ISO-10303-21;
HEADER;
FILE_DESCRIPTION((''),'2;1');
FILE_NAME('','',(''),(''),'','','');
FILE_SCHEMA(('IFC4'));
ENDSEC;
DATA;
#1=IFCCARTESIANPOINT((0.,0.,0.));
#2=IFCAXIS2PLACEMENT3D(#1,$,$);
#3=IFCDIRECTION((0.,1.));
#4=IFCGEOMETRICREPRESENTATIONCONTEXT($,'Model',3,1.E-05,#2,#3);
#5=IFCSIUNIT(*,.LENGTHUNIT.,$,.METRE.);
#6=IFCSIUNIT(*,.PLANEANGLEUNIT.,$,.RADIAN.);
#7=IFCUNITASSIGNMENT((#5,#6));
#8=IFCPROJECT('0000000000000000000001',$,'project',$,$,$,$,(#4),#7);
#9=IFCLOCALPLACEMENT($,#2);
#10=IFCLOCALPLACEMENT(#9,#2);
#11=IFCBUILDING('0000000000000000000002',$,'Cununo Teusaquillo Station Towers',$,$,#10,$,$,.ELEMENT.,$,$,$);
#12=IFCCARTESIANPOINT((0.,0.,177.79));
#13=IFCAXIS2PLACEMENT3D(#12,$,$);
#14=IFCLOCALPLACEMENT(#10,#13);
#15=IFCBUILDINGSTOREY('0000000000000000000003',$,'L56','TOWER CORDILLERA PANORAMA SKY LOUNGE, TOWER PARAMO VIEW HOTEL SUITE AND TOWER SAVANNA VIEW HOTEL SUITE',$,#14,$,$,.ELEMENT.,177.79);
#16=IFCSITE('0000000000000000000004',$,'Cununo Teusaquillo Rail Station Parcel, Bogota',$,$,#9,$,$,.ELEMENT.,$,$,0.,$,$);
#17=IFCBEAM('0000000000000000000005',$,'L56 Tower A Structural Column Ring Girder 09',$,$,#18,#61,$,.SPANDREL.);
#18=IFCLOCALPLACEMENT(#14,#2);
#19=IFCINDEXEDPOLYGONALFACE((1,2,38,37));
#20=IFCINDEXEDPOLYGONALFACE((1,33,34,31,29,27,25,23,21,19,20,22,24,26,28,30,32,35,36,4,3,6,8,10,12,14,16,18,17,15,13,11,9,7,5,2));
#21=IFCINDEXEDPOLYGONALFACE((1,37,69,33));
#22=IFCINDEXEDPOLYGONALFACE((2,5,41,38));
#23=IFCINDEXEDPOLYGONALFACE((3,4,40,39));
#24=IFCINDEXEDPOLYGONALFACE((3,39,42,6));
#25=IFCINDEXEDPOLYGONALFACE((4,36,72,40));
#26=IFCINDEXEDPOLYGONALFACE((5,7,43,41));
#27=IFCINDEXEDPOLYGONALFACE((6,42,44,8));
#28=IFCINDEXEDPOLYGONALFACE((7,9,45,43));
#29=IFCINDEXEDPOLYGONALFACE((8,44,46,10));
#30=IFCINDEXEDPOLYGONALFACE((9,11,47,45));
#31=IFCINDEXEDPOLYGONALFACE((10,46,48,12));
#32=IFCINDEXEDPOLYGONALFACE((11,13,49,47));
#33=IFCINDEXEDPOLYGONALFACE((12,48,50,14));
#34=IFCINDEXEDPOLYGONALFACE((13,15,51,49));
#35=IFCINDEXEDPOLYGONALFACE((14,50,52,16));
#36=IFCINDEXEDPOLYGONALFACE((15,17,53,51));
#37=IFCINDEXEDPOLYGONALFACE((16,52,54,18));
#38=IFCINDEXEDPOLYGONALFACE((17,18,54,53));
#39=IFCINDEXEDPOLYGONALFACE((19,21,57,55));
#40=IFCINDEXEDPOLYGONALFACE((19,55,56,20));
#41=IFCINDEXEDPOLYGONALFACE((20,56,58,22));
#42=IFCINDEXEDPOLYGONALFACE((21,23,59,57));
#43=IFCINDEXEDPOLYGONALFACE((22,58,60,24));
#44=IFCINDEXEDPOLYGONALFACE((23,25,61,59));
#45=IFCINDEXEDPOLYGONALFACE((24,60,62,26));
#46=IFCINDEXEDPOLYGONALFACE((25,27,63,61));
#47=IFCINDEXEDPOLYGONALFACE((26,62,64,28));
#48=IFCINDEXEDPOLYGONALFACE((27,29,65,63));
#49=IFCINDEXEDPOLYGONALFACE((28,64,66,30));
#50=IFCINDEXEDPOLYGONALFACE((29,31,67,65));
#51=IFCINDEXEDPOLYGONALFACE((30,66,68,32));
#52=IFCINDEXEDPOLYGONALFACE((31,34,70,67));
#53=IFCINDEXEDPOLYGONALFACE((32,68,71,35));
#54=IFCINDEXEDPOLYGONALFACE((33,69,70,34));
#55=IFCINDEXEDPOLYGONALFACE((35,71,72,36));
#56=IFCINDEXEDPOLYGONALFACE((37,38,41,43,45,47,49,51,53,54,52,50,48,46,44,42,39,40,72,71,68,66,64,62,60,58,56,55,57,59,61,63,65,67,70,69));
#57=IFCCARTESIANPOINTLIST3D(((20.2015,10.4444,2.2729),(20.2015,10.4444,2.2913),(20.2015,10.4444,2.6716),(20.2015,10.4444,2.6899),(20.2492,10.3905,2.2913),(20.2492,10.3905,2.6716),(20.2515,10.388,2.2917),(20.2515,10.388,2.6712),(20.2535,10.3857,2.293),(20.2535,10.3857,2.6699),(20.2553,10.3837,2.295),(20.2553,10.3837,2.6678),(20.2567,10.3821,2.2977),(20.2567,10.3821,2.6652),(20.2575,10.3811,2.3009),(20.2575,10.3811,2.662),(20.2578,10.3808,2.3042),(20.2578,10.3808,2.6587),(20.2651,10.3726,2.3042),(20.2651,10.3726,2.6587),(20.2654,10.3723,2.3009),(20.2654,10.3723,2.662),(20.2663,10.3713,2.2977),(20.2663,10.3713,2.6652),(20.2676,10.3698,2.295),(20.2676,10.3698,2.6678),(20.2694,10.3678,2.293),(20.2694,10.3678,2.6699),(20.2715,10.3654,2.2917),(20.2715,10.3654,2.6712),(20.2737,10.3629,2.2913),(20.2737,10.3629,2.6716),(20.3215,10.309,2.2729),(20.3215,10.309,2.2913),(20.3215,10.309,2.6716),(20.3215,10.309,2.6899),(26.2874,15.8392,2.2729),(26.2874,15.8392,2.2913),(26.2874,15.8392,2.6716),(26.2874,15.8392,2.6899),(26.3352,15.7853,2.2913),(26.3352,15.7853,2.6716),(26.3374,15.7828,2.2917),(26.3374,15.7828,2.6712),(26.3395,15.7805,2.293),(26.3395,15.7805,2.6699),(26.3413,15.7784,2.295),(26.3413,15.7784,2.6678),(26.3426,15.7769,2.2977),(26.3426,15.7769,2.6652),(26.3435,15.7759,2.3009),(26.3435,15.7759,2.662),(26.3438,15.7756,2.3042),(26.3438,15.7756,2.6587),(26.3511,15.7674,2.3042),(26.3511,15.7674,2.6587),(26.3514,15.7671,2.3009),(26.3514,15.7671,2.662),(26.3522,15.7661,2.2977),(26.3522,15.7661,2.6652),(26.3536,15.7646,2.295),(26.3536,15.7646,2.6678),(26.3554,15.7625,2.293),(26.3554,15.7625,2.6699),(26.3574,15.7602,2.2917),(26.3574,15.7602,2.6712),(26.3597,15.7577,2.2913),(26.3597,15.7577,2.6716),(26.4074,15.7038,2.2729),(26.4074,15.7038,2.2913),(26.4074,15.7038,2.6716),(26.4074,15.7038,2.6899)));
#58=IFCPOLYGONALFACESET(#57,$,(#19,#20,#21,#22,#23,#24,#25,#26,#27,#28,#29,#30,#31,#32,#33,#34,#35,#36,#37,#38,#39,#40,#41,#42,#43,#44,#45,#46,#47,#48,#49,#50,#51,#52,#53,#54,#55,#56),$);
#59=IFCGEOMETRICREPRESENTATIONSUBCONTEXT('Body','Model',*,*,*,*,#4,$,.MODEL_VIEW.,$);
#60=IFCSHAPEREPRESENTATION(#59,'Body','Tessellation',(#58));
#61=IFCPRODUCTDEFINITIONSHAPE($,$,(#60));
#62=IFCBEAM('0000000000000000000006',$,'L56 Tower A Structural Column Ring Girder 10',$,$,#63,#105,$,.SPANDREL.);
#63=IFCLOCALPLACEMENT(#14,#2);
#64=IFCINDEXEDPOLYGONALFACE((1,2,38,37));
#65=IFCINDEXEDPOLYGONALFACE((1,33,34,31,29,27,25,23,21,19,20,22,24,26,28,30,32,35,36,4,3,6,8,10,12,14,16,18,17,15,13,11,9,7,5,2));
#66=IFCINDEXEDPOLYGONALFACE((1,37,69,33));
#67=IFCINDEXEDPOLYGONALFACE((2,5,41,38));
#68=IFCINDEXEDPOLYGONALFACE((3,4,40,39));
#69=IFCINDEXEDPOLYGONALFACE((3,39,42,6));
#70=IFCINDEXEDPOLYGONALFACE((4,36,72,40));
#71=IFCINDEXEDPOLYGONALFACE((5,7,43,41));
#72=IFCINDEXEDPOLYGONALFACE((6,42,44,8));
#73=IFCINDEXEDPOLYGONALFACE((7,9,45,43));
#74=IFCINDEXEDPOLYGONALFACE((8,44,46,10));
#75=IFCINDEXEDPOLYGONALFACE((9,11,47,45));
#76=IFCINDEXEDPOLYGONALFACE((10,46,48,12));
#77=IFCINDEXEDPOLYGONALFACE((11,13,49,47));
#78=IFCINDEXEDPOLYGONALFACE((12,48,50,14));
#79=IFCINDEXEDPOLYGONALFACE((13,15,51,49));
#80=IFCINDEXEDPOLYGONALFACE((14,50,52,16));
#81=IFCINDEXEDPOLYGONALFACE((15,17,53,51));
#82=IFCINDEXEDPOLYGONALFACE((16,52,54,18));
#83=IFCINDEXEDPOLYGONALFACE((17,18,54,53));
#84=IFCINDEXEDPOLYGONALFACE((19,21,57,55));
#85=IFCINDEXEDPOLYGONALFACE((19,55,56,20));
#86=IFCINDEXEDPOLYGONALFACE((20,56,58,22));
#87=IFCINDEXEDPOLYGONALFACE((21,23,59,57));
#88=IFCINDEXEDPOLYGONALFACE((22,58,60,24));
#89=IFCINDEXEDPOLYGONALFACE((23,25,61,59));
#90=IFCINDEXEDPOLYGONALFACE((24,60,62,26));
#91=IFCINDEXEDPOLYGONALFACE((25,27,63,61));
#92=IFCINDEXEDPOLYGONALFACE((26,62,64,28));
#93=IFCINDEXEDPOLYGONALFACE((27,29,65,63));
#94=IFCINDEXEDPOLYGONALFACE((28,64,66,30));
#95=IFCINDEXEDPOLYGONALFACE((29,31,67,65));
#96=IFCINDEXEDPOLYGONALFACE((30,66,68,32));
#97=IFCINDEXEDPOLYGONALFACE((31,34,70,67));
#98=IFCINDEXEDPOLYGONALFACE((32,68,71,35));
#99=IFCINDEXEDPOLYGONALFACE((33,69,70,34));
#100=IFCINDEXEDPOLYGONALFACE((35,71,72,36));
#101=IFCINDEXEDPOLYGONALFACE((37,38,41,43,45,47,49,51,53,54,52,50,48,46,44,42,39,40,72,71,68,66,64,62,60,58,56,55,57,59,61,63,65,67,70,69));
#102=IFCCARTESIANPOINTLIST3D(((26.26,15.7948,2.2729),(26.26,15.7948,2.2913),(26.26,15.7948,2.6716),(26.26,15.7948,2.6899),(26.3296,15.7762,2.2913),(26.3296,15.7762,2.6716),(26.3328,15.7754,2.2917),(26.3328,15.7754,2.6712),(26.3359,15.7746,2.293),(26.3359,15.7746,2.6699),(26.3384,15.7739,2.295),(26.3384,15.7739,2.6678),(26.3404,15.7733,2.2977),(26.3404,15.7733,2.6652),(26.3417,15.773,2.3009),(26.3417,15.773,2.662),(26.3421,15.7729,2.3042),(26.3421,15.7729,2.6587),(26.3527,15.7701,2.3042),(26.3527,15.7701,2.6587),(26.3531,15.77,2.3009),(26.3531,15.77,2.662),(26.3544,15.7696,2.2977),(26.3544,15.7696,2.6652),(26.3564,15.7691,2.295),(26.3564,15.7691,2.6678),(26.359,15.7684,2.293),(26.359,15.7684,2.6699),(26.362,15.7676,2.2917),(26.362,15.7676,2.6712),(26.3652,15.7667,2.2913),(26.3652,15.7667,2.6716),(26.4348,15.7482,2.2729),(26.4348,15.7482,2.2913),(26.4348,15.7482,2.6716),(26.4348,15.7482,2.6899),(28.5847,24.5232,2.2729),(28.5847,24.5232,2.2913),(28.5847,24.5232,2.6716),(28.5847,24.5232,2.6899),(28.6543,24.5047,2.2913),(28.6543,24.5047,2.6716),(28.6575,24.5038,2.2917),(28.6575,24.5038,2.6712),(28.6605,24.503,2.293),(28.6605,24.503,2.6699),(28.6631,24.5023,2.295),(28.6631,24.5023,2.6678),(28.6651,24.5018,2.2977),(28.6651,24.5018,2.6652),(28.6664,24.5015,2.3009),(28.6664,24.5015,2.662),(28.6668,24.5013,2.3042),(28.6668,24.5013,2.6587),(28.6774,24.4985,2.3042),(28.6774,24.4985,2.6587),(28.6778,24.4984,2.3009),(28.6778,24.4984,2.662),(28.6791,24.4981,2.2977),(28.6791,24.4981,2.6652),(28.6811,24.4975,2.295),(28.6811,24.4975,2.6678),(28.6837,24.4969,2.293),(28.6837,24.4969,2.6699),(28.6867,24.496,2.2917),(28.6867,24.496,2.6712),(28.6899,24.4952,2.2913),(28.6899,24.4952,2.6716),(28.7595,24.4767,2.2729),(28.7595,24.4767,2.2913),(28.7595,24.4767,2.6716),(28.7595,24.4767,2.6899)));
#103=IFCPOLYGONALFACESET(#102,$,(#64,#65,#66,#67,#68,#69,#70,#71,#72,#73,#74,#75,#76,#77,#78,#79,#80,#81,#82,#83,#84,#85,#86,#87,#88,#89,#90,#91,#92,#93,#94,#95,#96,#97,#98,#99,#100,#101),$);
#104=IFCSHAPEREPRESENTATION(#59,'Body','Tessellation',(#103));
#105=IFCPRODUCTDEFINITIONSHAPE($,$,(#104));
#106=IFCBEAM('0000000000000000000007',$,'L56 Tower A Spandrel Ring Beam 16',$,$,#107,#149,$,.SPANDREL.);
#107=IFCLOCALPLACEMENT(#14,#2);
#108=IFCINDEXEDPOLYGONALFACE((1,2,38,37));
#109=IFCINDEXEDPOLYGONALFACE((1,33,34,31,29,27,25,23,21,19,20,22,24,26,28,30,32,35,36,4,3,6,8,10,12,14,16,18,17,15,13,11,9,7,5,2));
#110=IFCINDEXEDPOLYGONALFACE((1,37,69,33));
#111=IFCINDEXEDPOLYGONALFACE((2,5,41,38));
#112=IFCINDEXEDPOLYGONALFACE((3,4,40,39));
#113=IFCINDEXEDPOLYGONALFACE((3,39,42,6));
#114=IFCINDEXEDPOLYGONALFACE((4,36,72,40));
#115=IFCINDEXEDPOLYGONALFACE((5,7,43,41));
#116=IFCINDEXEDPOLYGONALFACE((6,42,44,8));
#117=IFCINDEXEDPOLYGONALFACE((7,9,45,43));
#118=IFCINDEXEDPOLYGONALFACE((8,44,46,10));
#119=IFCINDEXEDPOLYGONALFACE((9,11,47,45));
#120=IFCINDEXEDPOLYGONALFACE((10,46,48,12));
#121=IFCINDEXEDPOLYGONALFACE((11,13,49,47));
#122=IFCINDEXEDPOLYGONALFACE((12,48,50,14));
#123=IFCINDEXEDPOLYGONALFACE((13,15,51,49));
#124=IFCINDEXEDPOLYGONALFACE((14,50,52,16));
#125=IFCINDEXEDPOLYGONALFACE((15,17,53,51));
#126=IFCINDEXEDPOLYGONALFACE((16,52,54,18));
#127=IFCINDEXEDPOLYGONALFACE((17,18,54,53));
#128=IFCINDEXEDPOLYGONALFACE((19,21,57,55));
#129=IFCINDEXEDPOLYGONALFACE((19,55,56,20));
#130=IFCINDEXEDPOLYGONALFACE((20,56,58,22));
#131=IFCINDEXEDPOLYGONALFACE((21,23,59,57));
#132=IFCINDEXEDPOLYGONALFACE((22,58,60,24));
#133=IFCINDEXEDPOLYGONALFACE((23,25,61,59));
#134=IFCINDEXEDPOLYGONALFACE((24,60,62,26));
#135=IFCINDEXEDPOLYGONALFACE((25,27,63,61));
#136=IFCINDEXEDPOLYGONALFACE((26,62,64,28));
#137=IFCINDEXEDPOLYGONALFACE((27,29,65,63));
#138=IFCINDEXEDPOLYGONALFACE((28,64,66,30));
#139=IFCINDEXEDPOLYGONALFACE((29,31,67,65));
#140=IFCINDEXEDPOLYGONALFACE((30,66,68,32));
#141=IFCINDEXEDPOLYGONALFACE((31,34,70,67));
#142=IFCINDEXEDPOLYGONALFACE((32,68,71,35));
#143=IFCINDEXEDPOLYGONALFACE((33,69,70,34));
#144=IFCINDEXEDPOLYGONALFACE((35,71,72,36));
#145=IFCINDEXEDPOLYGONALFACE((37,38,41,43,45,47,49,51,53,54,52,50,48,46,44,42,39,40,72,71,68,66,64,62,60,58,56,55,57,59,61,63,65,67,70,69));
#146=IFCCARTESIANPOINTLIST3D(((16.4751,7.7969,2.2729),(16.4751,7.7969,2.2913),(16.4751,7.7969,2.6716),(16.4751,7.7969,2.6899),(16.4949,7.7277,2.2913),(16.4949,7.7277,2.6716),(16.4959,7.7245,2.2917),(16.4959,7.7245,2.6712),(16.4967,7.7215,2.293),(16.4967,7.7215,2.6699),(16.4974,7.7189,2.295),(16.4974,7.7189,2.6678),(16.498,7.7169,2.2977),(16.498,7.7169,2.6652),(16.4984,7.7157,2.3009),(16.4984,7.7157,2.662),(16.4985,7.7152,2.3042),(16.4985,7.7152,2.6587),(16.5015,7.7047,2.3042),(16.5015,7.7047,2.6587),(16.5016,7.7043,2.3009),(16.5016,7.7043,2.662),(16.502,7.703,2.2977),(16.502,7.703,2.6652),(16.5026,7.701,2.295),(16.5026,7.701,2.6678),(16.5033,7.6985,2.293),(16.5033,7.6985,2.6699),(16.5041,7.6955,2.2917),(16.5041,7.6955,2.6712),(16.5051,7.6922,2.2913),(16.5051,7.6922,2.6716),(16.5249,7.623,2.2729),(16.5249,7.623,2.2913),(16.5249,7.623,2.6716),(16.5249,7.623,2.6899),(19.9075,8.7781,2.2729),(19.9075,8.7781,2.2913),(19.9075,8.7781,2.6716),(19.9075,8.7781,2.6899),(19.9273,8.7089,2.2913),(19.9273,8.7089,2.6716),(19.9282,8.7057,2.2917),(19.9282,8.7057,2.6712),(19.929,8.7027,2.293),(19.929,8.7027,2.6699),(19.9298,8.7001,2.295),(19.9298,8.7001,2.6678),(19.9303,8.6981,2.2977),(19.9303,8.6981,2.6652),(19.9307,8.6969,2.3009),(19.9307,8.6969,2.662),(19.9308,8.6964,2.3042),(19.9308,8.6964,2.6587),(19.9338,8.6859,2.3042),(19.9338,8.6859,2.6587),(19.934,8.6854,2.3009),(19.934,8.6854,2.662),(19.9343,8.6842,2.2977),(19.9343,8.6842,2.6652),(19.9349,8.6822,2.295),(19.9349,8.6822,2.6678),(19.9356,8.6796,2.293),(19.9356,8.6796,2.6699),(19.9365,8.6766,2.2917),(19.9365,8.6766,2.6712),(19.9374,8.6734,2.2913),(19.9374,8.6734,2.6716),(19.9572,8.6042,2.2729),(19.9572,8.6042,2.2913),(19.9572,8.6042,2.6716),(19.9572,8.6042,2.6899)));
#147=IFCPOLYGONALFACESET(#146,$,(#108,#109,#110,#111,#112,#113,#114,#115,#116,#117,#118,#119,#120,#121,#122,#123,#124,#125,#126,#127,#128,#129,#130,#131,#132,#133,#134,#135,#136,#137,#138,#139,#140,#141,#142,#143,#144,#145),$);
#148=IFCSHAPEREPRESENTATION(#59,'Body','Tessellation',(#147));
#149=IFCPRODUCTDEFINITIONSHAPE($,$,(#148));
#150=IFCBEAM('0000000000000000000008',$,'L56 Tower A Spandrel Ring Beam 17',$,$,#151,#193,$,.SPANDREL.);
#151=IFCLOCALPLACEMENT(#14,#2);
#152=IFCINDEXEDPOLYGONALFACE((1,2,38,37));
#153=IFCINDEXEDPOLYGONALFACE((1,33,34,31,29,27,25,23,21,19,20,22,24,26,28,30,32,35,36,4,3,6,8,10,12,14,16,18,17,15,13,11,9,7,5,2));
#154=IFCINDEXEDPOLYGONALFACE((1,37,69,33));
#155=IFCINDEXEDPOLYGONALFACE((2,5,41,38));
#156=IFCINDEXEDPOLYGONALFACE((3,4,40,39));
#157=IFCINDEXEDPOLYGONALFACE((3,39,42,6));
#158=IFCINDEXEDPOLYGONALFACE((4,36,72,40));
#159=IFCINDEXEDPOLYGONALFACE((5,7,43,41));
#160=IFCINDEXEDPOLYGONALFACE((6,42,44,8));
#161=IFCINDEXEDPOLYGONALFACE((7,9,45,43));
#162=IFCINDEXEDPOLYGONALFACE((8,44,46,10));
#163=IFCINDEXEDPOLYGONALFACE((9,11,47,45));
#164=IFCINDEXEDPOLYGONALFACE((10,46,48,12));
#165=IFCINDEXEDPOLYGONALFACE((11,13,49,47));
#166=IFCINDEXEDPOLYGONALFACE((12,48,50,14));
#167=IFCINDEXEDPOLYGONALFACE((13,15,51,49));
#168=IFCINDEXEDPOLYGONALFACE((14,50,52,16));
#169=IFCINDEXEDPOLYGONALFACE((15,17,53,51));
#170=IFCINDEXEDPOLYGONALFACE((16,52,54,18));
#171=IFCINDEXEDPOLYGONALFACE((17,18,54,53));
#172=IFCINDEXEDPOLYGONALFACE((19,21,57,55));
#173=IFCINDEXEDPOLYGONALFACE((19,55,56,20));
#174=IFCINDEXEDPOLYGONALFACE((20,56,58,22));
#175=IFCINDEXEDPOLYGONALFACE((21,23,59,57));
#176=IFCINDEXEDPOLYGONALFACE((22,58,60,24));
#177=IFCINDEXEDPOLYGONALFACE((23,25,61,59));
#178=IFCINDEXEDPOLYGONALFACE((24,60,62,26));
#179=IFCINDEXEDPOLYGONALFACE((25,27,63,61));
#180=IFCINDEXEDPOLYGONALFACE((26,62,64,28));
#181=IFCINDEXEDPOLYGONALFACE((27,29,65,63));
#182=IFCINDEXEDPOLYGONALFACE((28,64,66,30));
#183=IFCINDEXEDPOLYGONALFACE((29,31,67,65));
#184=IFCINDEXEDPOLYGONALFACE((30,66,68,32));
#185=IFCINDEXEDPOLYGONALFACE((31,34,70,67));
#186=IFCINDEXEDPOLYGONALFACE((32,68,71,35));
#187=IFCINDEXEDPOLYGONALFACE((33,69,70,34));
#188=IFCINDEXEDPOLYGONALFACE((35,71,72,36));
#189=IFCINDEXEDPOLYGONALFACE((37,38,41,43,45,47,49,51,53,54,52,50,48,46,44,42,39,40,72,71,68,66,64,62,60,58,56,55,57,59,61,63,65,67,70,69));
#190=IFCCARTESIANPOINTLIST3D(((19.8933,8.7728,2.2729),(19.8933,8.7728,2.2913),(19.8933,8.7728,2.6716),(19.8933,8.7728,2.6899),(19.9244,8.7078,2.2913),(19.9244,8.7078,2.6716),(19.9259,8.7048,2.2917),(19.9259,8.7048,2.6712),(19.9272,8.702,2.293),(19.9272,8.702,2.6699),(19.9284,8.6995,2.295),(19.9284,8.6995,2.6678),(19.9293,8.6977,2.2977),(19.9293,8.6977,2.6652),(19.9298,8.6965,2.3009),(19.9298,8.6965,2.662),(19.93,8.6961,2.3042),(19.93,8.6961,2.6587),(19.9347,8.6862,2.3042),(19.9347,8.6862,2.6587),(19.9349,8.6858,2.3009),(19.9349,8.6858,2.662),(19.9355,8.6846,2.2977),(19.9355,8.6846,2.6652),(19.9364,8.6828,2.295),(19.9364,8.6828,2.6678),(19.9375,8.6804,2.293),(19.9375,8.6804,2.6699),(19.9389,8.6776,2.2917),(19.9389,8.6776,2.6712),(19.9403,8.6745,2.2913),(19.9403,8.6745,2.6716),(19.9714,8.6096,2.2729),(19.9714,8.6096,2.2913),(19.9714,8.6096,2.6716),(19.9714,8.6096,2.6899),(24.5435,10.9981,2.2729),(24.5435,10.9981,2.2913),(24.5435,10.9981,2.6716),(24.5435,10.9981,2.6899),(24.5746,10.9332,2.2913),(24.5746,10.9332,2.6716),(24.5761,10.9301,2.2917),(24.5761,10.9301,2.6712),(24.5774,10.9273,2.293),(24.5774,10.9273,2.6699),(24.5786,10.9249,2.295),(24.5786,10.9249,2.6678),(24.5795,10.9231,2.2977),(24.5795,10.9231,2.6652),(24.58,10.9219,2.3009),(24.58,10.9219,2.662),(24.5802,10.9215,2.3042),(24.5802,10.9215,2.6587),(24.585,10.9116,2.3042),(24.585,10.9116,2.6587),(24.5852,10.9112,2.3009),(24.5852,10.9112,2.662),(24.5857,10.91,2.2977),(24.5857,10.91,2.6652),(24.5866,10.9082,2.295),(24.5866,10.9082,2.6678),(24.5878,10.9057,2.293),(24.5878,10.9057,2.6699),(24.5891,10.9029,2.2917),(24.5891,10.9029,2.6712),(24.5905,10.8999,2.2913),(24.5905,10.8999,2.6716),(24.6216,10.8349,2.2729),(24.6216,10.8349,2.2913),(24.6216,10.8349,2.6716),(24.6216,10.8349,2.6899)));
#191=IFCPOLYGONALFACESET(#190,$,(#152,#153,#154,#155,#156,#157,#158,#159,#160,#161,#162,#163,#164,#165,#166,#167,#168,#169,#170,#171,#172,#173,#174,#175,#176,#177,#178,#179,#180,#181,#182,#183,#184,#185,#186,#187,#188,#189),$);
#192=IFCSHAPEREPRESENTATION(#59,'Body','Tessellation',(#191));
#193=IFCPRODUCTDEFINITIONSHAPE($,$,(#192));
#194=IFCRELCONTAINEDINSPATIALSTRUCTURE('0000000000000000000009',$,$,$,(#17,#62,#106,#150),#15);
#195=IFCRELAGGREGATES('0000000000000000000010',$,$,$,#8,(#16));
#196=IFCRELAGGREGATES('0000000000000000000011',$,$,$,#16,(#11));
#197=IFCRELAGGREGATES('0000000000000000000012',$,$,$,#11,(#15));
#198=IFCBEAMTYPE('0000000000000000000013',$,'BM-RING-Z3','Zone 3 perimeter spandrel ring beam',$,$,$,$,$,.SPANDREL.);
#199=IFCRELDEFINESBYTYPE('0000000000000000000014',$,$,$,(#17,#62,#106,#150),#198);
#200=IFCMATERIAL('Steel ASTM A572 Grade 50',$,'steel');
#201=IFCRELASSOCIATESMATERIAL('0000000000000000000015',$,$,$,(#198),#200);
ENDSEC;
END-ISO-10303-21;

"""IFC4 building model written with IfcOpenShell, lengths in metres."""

from ifc_helpers import new_model, si_unit, direction, frame, origin, origin_2d, place, context, subcontext, project, spatial, i_section, extrude, material, material_profile, profile_set, type_object, element, save


model = new_model("IFC4")

# Units and contexts
model_context = context("Model", 3, precision=1e-05, world=origin(), true_north=direction((0.0, 1.0)))
body_context = subcontext(model_context, "Body", "Model", "MODEL_VIEW")
ifc_project = project(units=[si_unit("LENGTHUNIT", "METRE"), si_unit("PLANEANGLEUNIT", "RADIAN")], contexts=[model_context])

# Site, building, storey
site_placement = place(None, origin())
site = spatial("IfcSite", under=ifc_project, at=site_placement, Name="Cununo Teusaquillo Rail Station Parcel, Bogota", CompositionType="ELEMENT", RefElevation=0.0)
building_placement = place(site_placement, origin())
building = spatial("IfcBuilding", under=site, at=building_placement, Name="Cununo Teusaquillo Station Towers", CompositionType="ELEMENT")
storey_placement = place(building_placement, frame((0.0, 0.0, 177.79)))
storey = spatial("IfcBuildingStorey", under=building, at=storey_placement, Name="L56", Description="TOWER CORDILLERA PANORAMA SKY LOUNGE, TOWER PARAMO VIEW HOTEL SUITE AND TOWER SAVANNA VIEW HOTEL SUITE", CompositionType="ELEMENT", Elevation=177.79)

# Beams
ifc_material_1 = material(Name="Steel ASTM A572 Grade 50", Category="steel")
ifc_material_profile_1 = material_profile(ifc_material_1, i_section(OverallWidth=0.1809, OverallDepth=0.417, WebThickness=0.011, FlangeThickness=0.0183, FilletRadius=0.0129, at=origin_2d()), Name="W16X57")
ifc_profile_set_1 = profile_set([ifc_material_profile_1], Name="Steel ASTM A572 Grade 50")
beam_type_1 = type_object("IfcBeamType", Name="BM-RING-Z3", Description="Zone 3 perimeter spandrel ring beam", PredefinedType="SPANDREL", material=ifc_profile_set_1)
beam_1_placement = place(storey_placement, frame((20.2615, 10.3767, 2.4814), z_axis=(0.748321, 0.663337, 0.0), x_axis=(-0.663337, 0.748321, 0.0)))
element("IfcBeam", 1, at=beam_1_placement, inside=storey, type_object=beam_type_1, Name="L56 Tower A Structural Column Ring Girder 09", PredefinedType="SPANDREL", context=body_context, shape_type="SweptSolid", body=[
    extrude(i_section(OverallWidth=0.1809, OverallDepth=0.417, WebThickness=0.011, FlangeThickness=0.0183, FilletRadius=0.0129, at=origin_2d()), origin(), (0.0, 0.0, 1.0), 8.1328),
])
beam_2_placement = place(storey_placement, frame((26.3474, 15.7715, 2.4814), z_axis=(0.257363, 0.966315, 0.0), x_axis=(-0.966315, 0.257363, 0.0)))
element("IfcBeam", 2, at=beam_2_placement, inside=storey, type_object=beam_type_1, Name="L56 Tower A Structural Column Ring Girder 10", PredefinedType="SPANDREL", context=body_context, shape_type="SweptSolid", body=[
    extrude(i_section(OverallWidth=0.1809, OverallDepth=0.417, WebThickness=0.011, FlangeThickness=0.0183, FilletRadius=0.0129, at=origin_2d()), origin(), (0.0, 0.0, 1.0), 9.0327),
])
beam_3_placement = place(storey_placement, frame((16.5, 7.71, 2.4814), z_axis=(0.961485, 0.274857, 0.0), x_axis=(-0.274857, 0.961485, 0.0)))
element("IfcBeam", 3, at=beam_3_placement, inside=storey, type_object=beam_type_1, Name="L56 Tower A Spandrel Ring Beam 16", PredefinedType="SPANDREL", context=body_context, shape_type="SweptSolid", body=[
    extrude(i_section(OverallWidth=0.1809, OverallDepth=0.417, WebThickness=0.011, FlangeThickness=0.0183, FilletRadius=0.0129, at=origin_2d()), origin(), (0.0, 0.0, 1.0), 3.5698),
])
beam_4_placement = place(storey_placement, frame((19.9324, 8.6912, 2.4814), z_axis=(0.902032, 0.43167, 0.0), x_axis=(-0.43167, 0.902032, 0.0)))
element("IfcBeam", 4, at=beam_4_placement, inside=storey, type_object=beam_type_1, Name="L56 Tower A Spandrel Ring Beam 17", PredefinedType="SPANDREL", context=body_context, shape_type="SweptSolid", body=[
    extrude(i_section(OverallWidth=0.1809, OverallDepth=0.417, WebThickness=0.011, FlangeThickness=0.0183, FilletRadius=0.0129, at=origin_2d()), origin(), (0.0, 0.0, 1.0), 5.1553),
])

save(model, "model.ifc")
